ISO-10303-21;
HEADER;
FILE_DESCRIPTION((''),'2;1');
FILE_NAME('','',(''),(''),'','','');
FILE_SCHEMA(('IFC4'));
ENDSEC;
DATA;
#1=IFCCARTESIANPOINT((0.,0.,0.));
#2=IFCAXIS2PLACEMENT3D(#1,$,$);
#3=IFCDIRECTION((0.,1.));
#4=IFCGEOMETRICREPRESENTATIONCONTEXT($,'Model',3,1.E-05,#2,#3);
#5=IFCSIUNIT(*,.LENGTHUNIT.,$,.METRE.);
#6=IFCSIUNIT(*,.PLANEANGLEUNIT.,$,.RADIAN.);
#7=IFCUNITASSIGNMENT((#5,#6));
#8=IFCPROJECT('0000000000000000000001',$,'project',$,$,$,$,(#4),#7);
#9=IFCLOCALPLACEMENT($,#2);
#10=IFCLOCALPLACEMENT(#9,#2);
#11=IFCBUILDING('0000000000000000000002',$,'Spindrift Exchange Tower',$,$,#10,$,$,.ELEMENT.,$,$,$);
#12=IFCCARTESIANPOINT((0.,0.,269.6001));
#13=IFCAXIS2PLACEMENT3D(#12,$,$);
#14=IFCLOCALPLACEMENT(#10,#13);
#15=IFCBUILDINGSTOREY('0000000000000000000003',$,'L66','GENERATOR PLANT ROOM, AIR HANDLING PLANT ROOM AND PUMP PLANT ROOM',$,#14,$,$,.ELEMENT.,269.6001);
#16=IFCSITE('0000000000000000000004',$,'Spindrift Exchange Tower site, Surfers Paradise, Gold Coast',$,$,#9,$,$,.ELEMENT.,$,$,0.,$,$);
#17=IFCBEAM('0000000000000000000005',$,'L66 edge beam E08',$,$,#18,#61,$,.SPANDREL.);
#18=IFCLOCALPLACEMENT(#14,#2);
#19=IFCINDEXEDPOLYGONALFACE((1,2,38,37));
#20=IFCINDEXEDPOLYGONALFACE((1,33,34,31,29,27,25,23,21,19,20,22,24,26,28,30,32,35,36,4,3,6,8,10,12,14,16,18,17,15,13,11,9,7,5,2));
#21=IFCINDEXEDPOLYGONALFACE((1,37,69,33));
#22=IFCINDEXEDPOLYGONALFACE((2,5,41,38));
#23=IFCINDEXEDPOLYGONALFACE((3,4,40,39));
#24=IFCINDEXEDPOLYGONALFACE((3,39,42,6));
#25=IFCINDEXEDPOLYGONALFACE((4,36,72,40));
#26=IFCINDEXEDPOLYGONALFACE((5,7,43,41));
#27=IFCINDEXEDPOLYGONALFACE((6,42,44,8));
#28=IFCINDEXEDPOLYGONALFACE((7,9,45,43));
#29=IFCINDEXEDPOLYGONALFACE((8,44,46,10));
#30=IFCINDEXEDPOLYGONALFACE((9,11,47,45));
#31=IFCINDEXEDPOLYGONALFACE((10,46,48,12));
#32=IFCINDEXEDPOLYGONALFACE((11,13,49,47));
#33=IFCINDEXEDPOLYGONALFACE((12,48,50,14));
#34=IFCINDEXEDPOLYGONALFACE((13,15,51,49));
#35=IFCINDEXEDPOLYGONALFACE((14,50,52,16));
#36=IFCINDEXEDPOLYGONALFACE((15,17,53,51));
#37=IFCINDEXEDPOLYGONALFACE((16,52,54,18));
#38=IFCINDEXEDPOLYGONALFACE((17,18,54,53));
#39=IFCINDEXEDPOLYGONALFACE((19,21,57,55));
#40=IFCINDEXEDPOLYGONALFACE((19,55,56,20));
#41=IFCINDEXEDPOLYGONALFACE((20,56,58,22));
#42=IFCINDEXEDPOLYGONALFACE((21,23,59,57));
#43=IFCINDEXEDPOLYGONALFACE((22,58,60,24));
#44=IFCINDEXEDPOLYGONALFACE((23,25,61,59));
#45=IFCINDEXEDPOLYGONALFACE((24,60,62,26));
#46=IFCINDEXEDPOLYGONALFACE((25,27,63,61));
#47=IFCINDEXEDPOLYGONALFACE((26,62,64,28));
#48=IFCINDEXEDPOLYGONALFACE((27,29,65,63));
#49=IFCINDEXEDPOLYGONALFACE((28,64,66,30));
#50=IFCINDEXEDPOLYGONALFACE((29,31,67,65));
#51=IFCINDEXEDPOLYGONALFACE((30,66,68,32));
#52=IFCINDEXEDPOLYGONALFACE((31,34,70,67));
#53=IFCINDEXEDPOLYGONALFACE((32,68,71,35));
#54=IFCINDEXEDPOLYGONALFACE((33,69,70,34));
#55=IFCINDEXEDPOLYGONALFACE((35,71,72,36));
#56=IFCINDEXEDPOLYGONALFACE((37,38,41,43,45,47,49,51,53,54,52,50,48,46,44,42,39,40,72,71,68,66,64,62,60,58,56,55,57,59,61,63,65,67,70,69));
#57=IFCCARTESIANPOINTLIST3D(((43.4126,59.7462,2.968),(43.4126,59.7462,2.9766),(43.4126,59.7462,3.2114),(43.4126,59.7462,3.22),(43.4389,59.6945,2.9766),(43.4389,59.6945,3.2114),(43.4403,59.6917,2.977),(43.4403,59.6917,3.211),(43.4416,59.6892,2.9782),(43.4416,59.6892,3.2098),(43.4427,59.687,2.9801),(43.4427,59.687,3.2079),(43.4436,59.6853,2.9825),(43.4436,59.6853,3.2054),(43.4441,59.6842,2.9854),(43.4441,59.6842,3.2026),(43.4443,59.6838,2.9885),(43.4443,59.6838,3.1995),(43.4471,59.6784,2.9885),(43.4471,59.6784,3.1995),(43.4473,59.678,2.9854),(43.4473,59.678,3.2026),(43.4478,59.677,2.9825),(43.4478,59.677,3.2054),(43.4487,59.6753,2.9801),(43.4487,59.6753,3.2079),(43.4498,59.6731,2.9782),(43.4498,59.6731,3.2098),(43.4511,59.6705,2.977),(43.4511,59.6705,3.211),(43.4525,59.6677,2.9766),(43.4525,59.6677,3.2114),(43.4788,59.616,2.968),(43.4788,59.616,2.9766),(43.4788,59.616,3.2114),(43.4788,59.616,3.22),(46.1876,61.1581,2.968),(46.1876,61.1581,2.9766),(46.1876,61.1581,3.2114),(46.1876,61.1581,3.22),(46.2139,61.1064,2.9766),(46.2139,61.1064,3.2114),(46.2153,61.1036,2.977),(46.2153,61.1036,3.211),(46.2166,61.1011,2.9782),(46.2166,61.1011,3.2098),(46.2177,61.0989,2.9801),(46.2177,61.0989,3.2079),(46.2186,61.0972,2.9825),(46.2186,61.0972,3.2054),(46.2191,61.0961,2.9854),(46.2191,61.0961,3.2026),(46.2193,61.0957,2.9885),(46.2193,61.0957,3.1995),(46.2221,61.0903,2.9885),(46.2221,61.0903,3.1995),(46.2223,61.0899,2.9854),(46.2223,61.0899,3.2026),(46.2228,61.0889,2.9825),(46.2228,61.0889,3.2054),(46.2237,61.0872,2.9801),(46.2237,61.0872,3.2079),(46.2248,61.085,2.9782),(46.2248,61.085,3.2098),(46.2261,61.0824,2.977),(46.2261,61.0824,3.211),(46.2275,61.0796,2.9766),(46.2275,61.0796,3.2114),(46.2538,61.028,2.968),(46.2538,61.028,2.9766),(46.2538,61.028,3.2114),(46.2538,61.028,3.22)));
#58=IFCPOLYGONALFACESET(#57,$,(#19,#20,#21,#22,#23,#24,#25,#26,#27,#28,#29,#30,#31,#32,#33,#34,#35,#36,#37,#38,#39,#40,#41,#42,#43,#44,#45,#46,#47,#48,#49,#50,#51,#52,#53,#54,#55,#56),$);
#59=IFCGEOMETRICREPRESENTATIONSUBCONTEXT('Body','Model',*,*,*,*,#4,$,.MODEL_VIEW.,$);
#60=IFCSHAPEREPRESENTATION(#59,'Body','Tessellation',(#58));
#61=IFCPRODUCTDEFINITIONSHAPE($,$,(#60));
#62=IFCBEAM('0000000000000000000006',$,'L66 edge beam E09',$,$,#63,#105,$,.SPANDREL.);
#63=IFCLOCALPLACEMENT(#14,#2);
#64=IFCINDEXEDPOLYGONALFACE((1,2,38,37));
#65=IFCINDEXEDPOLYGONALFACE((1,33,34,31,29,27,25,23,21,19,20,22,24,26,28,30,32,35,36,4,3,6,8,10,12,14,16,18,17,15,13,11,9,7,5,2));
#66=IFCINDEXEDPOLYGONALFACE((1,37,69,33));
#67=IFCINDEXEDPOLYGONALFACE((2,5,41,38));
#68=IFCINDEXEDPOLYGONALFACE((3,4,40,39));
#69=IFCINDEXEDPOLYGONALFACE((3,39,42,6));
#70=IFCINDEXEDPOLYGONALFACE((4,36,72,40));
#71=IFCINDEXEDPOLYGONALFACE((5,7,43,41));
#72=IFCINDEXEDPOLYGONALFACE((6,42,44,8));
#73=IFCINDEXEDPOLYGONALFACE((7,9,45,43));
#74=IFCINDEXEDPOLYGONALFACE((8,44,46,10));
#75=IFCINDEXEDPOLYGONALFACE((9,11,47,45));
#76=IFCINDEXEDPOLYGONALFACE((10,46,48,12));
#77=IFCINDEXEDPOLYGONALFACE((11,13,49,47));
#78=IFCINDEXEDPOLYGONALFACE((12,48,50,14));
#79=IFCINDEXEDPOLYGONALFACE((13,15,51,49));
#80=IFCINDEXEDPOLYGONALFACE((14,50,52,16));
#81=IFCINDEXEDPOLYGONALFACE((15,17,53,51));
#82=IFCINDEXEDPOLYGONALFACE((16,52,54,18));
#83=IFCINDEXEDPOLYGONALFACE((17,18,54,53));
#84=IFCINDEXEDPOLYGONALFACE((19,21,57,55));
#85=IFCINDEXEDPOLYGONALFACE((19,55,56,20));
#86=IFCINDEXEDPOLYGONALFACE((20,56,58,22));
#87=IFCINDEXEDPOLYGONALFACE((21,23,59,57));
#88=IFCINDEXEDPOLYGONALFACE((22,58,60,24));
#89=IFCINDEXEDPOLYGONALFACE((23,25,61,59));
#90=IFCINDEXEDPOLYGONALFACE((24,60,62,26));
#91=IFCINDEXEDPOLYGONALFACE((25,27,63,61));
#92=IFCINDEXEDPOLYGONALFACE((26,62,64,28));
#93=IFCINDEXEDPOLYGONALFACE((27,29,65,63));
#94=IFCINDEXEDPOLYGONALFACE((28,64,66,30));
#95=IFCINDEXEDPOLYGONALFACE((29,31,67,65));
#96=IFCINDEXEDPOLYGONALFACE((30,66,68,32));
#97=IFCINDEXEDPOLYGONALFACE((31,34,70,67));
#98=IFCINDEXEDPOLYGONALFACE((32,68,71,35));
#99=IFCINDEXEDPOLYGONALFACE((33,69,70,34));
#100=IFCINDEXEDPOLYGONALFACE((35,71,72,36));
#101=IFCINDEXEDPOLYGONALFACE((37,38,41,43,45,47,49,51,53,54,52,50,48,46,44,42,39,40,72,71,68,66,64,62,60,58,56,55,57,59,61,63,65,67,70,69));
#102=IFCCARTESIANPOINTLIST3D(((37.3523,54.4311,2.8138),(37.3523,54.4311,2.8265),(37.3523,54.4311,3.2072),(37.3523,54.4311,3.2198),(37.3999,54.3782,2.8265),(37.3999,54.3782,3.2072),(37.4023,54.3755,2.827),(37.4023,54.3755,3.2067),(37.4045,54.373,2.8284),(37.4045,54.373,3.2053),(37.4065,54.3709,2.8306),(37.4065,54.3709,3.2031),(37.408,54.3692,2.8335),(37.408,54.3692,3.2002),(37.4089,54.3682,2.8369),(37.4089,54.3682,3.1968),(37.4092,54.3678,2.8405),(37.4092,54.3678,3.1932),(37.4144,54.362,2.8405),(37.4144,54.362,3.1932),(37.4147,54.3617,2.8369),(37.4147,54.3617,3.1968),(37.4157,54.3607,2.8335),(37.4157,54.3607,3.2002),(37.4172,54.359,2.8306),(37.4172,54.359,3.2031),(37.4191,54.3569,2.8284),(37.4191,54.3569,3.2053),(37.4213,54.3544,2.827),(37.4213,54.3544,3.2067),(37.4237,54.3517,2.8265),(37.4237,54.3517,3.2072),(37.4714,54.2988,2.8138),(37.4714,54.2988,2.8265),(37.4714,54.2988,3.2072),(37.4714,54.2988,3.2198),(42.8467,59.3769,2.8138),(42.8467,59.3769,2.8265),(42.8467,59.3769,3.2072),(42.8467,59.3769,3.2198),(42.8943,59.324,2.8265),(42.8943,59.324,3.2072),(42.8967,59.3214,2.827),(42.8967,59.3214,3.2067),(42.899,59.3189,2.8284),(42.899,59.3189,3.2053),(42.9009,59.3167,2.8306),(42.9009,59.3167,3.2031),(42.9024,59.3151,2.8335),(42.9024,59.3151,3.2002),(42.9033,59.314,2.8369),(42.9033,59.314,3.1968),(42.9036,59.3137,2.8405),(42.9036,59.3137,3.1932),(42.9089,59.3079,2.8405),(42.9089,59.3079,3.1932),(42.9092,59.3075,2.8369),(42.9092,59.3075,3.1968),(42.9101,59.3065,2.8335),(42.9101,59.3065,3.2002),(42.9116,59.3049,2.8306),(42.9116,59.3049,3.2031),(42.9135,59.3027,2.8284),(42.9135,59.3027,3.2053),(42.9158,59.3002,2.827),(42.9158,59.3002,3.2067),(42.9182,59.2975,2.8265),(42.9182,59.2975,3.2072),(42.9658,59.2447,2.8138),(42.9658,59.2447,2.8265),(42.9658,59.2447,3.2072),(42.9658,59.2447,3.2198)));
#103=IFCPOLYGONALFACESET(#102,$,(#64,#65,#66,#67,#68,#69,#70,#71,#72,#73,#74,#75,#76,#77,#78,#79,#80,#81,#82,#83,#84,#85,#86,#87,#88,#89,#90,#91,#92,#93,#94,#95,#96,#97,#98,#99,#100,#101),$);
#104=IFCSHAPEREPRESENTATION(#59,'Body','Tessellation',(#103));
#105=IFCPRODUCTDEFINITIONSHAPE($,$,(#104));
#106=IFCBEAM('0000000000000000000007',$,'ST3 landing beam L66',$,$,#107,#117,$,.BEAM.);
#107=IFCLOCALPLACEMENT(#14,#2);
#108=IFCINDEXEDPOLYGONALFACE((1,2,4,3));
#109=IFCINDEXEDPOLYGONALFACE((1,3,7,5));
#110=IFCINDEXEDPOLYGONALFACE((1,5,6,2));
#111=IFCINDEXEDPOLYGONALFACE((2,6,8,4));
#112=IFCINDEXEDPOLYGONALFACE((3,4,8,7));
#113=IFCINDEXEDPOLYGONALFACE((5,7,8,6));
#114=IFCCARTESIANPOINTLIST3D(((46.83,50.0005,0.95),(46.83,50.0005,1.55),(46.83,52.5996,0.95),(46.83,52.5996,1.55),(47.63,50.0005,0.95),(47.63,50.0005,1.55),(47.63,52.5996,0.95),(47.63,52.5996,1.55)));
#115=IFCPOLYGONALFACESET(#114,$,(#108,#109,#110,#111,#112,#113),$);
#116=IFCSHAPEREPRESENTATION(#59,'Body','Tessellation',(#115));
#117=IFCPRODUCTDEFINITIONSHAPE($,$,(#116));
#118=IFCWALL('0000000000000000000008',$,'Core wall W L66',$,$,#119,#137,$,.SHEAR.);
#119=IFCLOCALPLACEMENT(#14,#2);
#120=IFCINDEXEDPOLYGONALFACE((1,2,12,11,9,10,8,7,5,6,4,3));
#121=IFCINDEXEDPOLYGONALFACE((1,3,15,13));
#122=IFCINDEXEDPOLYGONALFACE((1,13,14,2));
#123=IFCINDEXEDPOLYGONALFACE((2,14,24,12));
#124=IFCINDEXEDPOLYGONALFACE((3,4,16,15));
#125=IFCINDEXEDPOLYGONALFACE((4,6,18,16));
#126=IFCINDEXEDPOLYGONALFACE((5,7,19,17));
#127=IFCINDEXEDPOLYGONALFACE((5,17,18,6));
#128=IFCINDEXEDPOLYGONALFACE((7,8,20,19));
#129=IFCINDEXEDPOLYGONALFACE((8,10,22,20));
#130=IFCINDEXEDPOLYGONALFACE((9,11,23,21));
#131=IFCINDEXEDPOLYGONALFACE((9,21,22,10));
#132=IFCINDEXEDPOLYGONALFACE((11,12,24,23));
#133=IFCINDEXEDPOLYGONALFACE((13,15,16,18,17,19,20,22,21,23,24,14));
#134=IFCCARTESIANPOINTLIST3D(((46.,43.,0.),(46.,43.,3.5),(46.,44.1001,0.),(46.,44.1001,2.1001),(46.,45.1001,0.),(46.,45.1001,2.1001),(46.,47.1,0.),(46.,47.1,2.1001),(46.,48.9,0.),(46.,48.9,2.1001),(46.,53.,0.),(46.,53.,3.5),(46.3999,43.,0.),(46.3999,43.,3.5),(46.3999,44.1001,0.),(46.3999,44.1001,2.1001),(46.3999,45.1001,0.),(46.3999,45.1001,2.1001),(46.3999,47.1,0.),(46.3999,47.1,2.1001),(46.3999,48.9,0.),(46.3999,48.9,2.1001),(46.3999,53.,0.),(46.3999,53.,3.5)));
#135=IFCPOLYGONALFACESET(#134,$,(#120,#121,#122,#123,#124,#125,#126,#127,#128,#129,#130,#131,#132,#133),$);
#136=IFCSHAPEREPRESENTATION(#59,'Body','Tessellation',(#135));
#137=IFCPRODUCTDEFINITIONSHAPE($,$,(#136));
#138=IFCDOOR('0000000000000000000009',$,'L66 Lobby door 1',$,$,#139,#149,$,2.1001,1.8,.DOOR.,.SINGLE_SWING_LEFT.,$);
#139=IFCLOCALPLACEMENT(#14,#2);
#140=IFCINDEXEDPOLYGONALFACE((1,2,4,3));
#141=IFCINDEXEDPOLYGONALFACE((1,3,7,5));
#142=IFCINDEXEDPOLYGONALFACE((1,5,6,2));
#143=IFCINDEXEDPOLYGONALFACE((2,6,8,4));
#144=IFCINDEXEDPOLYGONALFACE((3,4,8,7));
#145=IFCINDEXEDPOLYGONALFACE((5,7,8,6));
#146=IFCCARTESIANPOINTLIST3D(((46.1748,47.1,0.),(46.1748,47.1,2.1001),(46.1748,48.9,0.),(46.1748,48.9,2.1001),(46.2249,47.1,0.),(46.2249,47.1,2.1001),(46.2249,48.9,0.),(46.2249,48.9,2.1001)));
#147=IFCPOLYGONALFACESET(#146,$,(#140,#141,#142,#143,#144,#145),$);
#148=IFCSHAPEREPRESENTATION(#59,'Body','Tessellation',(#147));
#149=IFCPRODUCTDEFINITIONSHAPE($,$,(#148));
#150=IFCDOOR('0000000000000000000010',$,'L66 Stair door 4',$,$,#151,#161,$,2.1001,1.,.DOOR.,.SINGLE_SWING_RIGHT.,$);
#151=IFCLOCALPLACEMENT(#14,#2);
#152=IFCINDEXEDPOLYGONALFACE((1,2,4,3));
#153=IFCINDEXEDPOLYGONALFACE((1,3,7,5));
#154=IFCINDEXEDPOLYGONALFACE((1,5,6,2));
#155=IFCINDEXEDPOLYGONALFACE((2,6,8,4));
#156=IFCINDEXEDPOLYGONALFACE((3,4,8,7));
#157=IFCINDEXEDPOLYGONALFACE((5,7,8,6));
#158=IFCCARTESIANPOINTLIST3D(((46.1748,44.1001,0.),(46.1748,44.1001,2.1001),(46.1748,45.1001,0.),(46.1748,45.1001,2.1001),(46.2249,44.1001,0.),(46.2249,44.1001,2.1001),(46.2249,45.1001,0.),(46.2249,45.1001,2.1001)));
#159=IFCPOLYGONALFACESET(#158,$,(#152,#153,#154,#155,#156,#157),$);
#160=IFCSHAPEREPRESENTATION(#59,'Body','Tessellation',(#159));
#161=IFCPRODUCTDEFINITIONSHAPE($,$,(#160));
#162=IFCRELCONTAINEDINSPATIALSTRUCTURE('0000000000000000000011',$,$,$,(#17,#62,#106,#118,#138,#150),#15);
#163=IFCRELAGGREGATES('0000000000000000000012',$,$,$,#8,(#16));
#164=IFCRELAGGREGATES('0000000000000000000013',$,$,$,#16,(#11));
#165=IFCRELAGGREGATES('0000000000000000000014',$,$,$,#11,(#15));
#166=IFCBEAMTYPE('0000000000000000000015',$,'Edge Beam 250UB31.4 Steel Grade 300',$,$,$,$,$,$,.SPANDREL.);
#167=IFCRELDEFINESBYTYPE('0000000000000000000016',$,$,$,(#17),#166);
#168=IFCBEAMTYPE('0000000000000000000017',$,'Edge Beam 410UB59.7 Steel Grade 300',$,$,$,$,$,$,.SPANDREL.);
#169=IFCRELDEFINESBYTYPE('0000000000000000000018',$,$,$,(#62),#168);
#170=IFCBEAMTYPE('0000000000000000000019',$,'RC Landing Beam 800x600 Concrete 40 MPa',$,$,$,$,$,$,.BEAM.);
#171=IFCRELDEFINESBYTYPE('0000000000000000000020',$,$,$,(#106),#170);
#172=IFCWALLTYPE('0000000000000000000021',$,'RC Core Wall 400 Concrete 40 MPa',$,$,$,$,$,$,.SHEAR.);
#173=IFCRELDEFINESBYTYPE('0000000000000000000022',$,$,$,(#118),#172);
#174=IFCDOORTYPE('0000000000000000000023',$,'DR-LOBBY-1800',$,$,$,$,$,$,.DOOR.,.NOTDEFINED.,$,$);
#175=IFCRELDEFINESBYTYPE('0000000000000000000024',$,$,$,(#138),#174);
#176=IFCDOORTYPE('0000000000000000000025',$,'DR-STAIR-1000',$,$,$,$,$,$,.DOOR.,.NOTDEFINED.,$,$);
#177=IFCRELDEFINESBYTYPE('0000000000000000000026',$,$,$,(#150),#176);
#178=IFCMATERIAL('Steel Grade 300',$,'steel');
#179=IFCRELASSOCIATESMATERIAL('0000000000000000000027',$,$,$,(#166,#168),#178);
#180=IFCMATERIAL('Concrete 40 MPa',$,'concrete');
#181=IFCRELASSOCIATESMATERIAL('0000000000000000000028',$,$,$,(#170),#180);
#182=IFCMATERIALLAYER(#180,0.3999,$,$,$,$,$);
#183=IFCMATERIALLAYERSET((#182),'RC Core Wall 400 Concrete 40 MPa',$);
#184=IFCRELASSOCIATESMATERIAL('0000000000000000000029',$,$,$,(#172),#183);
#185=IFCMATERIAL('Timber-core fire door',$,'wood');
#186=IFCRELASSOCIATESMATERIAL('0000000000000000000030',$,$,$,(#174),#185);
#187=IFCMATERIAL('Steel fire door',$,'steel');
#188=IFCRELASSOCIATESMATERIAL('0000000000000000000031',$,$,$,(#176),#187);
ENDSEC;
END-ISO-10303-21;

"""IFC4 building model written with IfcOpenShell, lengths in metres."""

from ifc_helpers import new_model, si_unit, direction, frame, frame_2d, origin, origin_2d, place, context, subcontext, project, spatial, rectangle, i_section, extrude, source, transform, mapped, material, layer, layer_set, material_profile, profile_set, type_object, element, fill, save


model = new_model("IFC4")

# Units and contexts
model_context = context("Model", 3, precision=1e-05, world=origin(), true_north=direction((0.0, 1.0)))
body_context = subcontext(model_context, "Body", "Model", "MODEL_VIEW")
ifc_project = project(units=[si_unit("LENGTHUNIT", "METRE"), si_unit("PLANEANGLEUNIT", "RADIAN")], contexts=[model_context])

# Site, building, storey
site_placement = place(None, origin())
site = spatial("IfcSite", under=ifc_project, at=site_placement, Name="Spindrift Exchange Tower site, Surfers Paradise, Gold Coast", CompositionType="ELEMENT", RefElevation=0.0)
building_placement = place(site_placement, origin())
building = spatial("IfcBuilding", under=site, at=building_placement, Name="Spindrift Exchange Tower", CompositionType="ELEMENT")
storey_placement = place(building_placement, frame((0.0, 0.0, 269.6001)))
storey = spatial("IfcBuildingStorey", under=building, at=storey_placement, Name="L66", Description="GENERATOR PLANT ROOM, AIR HANDLING PLANT ROOM AND PUMP PLANT ROOM", CompositionType="ELEMENT", Elevation=269.6001)

# Beams
ifc_material_1 = material(Name="Steel Grade 300", Category="steel")
ifc_material_profile_1 = material_profile(ifc_material_1, i_section(OverallWidth=0.146, OverallDepth=0.252, WebThickness=0.0061, FlangeThickness=0.0085, FilletRadius=0.012, at=origin_2d()), Name="250UB31.4")
ifc_profile_set_1 = profile_set([ifc_material_profile_1], Name="Steel Grade 300")
beam_type_1 = type_object("IfcBeamType", Name="Edge Beam 250UB31.4 Steel Grade 300", PredefinedType="SPANDREL", material=ifc_profile_set_1)
shared_shape_1 = source(origin(), body_context, "Body", "SweptSolid", [
    extrude(i_section(OverallWidth=0.146, OverallDepth=0.252, WebThickness=0.0061, FlangeThickness=0.0085, FilletRadius=0.012, at=origin_2d()), origin(), (0.0, 0.0, 1.0), 3.1135),
])
beam_1_placement = place(storey_placement, frame((46.2207, 61.093, 3.094), z_axis=(-0.891269, -0.453476, 0.0), x_axis=(0.453476, -0.891269, 0.0)))
element("IfcBeam", 1, at=beam_1_placement, inside=storey, type_object=beam_type_1, Name="L66 edge beam E08", PredefinedType="SPANDREL", context=body_context, shape_type="MappedRepresentation", body=[
    mapped(shared_shape_1, transform((0.0, 0.0, 0.0), scale=1.0)),
])
ifc_material_profile_2 = material_profile(ifc_material_1, i_section(OverallWidth=0.178, OverallDepth=0.406, WebThickness=0.0078, FlangeThickness=0.0127, FilletRadius=0.0139, at=origin_2d()), Name="410UB59.7")
ifc_profile_set_2 = profile_set([ifc_material_profile_2], Name="Steel Grade 300")
beam_type_2 = type_object("IfcBeamType", Name="Edge Beam 410UB59.7 Steel Grade 300", PredefinedType="SPANDREL", material=ifc_profile_set_2)
shared_shape_2 = source(origin(), body_context, "Body", "SweptSolid", [
    extrude(i_section(OverallWidth=0.178, OverallDepth=0.406, WebThickness=0.0078, FlangeThickness=0.0127, FilletRadius=0.0139, at=origin_2d()), origin(), (0.0, 0.0, 1.0), 7.3926),
])
beam_2_placement = place(storey_placement, frame((42.9062, 59.3108, 3.0168), z_axis=(-0.743237, -0.669029, 0.0), x_axis=(0.669029, -0.743237, 0.0)))
element("IfcBeam", 2, at=beam_2_placement, inside=storey, type_object=beam_type_2, Name="L66 edge beam E09", PredefinedType="SPANDREL", context=body_context, shape_type="MappedRepresentation", body=[
    mapped(shared_shape_2, transform((0.0, 0.0, 0.0), scale=1.0)),
])
ifc_material_2 = material(Name="Concrete 40 MPa", Category="concrete")
ifc_material_profile_3 = material_profile(ifc_material_2, rectangle(XDim=0.8, YDim=0.6001, at=origin_2d()), Name="RC 800x600")
ifc_profile_set_3 = profile_set([ifc_material_profile_3], Name="Concrete 40 MPa")
beam_type_3 = type_object("IfcBeamType", Name="RC Landing Beam 800x600 Concrete 40 MPa", PredefinedType="BEAM", material=ifc_profile_set_3)
shared_shape_3 = source(origin(), body_context, "Body", "SweptSolid", [
    extrude(rectangle(XDim=0.8, YDim=0.6001, at=origin_2d()), origin(), (0.0, 0.0, 1.0), 2.5991),
])
beam_3_placement = place(storey_placement, frame((47.23, 50.0005, 1.25), z_axis=(0.0, 1.0, 0.0), x_axis=(-1.0, 0.0, 0.0)))
element("IfcBeam", 3, at=beam_3_placement, inside=storey, type_object=beam_type_3, Name="ST3 landing beam L66", PredefinedType="BEAM", context=body_context, shape_type="MappedRepresentation", body=[
    mapped(shared_shape_3, transform((0.0, 0.0, 0.0), scale=1.0)),
])

# Wall, openings, doors
ifc_layer_1 = layer(ifc_material_2, 0.3999)
ifc_layer_set_1 = layer_set([ifc_layer_1], Name="RC Core Wall 400 Concrete 40 MPa")
wall_type_1 = type_object("IfcWallType", Name="RC Core Wall 400 Concrete 40 MPa", PredefinedType="SHEAR", material=ifc_layer_set_1)
wall_1_placement = place(storey_placement, frame((46.2, 53.0, 0.0), z_axis=(0.0, 0.0, 1.0), x_axis=(0.0, -1.0, 0.0)))
wall_1 = element("IfcWall", 4, at=wall_1_placement, inside=storey, type_object=wall_type_1, Name="Core wall W L66", PredefinedType="SHEAR", context=body_context, shape_type="SweptSolid", body=[
    extrude(rectangle(XDim=10.0, YDim=0.3999, at=frame_2d((5.0, 0.0))), origin(), (0.0, 0.0, 1.0), 3.5),
])
opening_1_placement = place(wall_1_placement, frame((4.1001, 0.0, 0.0)))
opening_1 = element("IfcOpeningElement", 5, at=opening_1_placement, cuts=wall_1, PredefinedType="OPENING", context=body_context, shape_type="SweptSolid", body=[
    extrude(rectangle(XDim=1.8, YDim=2.1001, at=frame_2d((0.8999, 1.05))), frame((0.0, 0.21, 0.0), z_axis=(0.0, -1.0, 0.0), x_axis=(1.0, 0.0, 0.0)), (0.0, 0.0, 1.0), 0.4199),
])
opening_2_placement = place(wall_1_placement, frame((7.8999, 0.0, 0.0)))
opening_2 = element("IfcOpeningElement", 6, at=opening_2_placement, cuts=wall_1, PredefinedType="OPENING", context=body_context, shape_type="SweptSolid", body=[
    extrude(rectangle(XDim=1.0, YDim=2.1001, at=frame_2d((0.5, 1.05))), frame((0.0, 0.21, 0.0), z_axis=(0.0, -1.0, 0.0), x_axis=(1.0, 0.0, 0.0)), (0.0, 0.0, 1.0), 0.4199),
])
ifc_material_3 = material(Name="Timber-core fire door", Category="wood")
door_type_1 = type_object("IfcDoorType", Name="DR-LOBBY-1800", OperationType="NOTDEFINED", PredefinedType="DOOR", material=ifc_material_3)
shared_shape_4 = source(origin(), body_context, "Body", "SweptSolid", [
    extrude(rectangle(XDim=1.8, YDim=2.1001, at=frame_2d((0.8999, 1.05))), frame((0.0, 0.0249, 0.0), z_axis=(0.0, -1.0, 0.0), x_axis=(1.0, 0.0, 0.0)), (0.0, 0.0, 1.0), 0.05),
])
door_1_placement = place(opening_1_placement, origin())
door_1 = element("IfcDoor", 7, at=door_1_placement, inside=storey, type_object=door_type_1, Name="L66 Lobby door 1", OperationType="SINGLE_SWING_LEFT", OverallHeight=2.1001, OverallWidth=1.8, PredefinedType="DOOR", context=body_context, shape_type="MappedRepresentation", body=[
    mapped(shared_shape_4, transform((0.0, 0.0, 0.0), scale=1.0)),
])
fill(opening_1, door_1)
ifc_material_4 = material(Name="Steel fire door", Category="steel")
door_type_2 = type_object("IfcDoorType", Name="DR-STAIR-1000", OperationType="NOTDEFINED", PredefinedType="DOOR", material=ifc_material_4)
shared_shape_5 = source(origin(), body_context, "Body", "SweptSolid", [
    extrude(rectangle(XDim=1.0, YDim=2.1001, at=frame_2d((0.5, 1.05))), frame((0.0, 0.0249, 0.0), z_axis=(0.0, -1.0, 0.0), x_axis=(1.0, 0.0, 0.0)), (0.0, 0.0, 1.0), 0.05),
])
door_2_placement = place(opening_2_placement, origin())
door_2 = element("IfcDoor", 8, at=door_2_placement, inside=storey, type_object=door_type_2, Name="L66 Stair door 4", OperationType="SINGLE_SWING_RIGHT", OverallHeight=2.1001, OverallWidth=1.0, PredefinedType="DOOR", context=body_context, shape_type="MappedRepresentation", body=[
    mapped(shared_shape_5, transform((0.0, 0.0, 0.0), scale=1.0)),
])
fill(opening_2, door_2)

save(model, "model.ifc")
